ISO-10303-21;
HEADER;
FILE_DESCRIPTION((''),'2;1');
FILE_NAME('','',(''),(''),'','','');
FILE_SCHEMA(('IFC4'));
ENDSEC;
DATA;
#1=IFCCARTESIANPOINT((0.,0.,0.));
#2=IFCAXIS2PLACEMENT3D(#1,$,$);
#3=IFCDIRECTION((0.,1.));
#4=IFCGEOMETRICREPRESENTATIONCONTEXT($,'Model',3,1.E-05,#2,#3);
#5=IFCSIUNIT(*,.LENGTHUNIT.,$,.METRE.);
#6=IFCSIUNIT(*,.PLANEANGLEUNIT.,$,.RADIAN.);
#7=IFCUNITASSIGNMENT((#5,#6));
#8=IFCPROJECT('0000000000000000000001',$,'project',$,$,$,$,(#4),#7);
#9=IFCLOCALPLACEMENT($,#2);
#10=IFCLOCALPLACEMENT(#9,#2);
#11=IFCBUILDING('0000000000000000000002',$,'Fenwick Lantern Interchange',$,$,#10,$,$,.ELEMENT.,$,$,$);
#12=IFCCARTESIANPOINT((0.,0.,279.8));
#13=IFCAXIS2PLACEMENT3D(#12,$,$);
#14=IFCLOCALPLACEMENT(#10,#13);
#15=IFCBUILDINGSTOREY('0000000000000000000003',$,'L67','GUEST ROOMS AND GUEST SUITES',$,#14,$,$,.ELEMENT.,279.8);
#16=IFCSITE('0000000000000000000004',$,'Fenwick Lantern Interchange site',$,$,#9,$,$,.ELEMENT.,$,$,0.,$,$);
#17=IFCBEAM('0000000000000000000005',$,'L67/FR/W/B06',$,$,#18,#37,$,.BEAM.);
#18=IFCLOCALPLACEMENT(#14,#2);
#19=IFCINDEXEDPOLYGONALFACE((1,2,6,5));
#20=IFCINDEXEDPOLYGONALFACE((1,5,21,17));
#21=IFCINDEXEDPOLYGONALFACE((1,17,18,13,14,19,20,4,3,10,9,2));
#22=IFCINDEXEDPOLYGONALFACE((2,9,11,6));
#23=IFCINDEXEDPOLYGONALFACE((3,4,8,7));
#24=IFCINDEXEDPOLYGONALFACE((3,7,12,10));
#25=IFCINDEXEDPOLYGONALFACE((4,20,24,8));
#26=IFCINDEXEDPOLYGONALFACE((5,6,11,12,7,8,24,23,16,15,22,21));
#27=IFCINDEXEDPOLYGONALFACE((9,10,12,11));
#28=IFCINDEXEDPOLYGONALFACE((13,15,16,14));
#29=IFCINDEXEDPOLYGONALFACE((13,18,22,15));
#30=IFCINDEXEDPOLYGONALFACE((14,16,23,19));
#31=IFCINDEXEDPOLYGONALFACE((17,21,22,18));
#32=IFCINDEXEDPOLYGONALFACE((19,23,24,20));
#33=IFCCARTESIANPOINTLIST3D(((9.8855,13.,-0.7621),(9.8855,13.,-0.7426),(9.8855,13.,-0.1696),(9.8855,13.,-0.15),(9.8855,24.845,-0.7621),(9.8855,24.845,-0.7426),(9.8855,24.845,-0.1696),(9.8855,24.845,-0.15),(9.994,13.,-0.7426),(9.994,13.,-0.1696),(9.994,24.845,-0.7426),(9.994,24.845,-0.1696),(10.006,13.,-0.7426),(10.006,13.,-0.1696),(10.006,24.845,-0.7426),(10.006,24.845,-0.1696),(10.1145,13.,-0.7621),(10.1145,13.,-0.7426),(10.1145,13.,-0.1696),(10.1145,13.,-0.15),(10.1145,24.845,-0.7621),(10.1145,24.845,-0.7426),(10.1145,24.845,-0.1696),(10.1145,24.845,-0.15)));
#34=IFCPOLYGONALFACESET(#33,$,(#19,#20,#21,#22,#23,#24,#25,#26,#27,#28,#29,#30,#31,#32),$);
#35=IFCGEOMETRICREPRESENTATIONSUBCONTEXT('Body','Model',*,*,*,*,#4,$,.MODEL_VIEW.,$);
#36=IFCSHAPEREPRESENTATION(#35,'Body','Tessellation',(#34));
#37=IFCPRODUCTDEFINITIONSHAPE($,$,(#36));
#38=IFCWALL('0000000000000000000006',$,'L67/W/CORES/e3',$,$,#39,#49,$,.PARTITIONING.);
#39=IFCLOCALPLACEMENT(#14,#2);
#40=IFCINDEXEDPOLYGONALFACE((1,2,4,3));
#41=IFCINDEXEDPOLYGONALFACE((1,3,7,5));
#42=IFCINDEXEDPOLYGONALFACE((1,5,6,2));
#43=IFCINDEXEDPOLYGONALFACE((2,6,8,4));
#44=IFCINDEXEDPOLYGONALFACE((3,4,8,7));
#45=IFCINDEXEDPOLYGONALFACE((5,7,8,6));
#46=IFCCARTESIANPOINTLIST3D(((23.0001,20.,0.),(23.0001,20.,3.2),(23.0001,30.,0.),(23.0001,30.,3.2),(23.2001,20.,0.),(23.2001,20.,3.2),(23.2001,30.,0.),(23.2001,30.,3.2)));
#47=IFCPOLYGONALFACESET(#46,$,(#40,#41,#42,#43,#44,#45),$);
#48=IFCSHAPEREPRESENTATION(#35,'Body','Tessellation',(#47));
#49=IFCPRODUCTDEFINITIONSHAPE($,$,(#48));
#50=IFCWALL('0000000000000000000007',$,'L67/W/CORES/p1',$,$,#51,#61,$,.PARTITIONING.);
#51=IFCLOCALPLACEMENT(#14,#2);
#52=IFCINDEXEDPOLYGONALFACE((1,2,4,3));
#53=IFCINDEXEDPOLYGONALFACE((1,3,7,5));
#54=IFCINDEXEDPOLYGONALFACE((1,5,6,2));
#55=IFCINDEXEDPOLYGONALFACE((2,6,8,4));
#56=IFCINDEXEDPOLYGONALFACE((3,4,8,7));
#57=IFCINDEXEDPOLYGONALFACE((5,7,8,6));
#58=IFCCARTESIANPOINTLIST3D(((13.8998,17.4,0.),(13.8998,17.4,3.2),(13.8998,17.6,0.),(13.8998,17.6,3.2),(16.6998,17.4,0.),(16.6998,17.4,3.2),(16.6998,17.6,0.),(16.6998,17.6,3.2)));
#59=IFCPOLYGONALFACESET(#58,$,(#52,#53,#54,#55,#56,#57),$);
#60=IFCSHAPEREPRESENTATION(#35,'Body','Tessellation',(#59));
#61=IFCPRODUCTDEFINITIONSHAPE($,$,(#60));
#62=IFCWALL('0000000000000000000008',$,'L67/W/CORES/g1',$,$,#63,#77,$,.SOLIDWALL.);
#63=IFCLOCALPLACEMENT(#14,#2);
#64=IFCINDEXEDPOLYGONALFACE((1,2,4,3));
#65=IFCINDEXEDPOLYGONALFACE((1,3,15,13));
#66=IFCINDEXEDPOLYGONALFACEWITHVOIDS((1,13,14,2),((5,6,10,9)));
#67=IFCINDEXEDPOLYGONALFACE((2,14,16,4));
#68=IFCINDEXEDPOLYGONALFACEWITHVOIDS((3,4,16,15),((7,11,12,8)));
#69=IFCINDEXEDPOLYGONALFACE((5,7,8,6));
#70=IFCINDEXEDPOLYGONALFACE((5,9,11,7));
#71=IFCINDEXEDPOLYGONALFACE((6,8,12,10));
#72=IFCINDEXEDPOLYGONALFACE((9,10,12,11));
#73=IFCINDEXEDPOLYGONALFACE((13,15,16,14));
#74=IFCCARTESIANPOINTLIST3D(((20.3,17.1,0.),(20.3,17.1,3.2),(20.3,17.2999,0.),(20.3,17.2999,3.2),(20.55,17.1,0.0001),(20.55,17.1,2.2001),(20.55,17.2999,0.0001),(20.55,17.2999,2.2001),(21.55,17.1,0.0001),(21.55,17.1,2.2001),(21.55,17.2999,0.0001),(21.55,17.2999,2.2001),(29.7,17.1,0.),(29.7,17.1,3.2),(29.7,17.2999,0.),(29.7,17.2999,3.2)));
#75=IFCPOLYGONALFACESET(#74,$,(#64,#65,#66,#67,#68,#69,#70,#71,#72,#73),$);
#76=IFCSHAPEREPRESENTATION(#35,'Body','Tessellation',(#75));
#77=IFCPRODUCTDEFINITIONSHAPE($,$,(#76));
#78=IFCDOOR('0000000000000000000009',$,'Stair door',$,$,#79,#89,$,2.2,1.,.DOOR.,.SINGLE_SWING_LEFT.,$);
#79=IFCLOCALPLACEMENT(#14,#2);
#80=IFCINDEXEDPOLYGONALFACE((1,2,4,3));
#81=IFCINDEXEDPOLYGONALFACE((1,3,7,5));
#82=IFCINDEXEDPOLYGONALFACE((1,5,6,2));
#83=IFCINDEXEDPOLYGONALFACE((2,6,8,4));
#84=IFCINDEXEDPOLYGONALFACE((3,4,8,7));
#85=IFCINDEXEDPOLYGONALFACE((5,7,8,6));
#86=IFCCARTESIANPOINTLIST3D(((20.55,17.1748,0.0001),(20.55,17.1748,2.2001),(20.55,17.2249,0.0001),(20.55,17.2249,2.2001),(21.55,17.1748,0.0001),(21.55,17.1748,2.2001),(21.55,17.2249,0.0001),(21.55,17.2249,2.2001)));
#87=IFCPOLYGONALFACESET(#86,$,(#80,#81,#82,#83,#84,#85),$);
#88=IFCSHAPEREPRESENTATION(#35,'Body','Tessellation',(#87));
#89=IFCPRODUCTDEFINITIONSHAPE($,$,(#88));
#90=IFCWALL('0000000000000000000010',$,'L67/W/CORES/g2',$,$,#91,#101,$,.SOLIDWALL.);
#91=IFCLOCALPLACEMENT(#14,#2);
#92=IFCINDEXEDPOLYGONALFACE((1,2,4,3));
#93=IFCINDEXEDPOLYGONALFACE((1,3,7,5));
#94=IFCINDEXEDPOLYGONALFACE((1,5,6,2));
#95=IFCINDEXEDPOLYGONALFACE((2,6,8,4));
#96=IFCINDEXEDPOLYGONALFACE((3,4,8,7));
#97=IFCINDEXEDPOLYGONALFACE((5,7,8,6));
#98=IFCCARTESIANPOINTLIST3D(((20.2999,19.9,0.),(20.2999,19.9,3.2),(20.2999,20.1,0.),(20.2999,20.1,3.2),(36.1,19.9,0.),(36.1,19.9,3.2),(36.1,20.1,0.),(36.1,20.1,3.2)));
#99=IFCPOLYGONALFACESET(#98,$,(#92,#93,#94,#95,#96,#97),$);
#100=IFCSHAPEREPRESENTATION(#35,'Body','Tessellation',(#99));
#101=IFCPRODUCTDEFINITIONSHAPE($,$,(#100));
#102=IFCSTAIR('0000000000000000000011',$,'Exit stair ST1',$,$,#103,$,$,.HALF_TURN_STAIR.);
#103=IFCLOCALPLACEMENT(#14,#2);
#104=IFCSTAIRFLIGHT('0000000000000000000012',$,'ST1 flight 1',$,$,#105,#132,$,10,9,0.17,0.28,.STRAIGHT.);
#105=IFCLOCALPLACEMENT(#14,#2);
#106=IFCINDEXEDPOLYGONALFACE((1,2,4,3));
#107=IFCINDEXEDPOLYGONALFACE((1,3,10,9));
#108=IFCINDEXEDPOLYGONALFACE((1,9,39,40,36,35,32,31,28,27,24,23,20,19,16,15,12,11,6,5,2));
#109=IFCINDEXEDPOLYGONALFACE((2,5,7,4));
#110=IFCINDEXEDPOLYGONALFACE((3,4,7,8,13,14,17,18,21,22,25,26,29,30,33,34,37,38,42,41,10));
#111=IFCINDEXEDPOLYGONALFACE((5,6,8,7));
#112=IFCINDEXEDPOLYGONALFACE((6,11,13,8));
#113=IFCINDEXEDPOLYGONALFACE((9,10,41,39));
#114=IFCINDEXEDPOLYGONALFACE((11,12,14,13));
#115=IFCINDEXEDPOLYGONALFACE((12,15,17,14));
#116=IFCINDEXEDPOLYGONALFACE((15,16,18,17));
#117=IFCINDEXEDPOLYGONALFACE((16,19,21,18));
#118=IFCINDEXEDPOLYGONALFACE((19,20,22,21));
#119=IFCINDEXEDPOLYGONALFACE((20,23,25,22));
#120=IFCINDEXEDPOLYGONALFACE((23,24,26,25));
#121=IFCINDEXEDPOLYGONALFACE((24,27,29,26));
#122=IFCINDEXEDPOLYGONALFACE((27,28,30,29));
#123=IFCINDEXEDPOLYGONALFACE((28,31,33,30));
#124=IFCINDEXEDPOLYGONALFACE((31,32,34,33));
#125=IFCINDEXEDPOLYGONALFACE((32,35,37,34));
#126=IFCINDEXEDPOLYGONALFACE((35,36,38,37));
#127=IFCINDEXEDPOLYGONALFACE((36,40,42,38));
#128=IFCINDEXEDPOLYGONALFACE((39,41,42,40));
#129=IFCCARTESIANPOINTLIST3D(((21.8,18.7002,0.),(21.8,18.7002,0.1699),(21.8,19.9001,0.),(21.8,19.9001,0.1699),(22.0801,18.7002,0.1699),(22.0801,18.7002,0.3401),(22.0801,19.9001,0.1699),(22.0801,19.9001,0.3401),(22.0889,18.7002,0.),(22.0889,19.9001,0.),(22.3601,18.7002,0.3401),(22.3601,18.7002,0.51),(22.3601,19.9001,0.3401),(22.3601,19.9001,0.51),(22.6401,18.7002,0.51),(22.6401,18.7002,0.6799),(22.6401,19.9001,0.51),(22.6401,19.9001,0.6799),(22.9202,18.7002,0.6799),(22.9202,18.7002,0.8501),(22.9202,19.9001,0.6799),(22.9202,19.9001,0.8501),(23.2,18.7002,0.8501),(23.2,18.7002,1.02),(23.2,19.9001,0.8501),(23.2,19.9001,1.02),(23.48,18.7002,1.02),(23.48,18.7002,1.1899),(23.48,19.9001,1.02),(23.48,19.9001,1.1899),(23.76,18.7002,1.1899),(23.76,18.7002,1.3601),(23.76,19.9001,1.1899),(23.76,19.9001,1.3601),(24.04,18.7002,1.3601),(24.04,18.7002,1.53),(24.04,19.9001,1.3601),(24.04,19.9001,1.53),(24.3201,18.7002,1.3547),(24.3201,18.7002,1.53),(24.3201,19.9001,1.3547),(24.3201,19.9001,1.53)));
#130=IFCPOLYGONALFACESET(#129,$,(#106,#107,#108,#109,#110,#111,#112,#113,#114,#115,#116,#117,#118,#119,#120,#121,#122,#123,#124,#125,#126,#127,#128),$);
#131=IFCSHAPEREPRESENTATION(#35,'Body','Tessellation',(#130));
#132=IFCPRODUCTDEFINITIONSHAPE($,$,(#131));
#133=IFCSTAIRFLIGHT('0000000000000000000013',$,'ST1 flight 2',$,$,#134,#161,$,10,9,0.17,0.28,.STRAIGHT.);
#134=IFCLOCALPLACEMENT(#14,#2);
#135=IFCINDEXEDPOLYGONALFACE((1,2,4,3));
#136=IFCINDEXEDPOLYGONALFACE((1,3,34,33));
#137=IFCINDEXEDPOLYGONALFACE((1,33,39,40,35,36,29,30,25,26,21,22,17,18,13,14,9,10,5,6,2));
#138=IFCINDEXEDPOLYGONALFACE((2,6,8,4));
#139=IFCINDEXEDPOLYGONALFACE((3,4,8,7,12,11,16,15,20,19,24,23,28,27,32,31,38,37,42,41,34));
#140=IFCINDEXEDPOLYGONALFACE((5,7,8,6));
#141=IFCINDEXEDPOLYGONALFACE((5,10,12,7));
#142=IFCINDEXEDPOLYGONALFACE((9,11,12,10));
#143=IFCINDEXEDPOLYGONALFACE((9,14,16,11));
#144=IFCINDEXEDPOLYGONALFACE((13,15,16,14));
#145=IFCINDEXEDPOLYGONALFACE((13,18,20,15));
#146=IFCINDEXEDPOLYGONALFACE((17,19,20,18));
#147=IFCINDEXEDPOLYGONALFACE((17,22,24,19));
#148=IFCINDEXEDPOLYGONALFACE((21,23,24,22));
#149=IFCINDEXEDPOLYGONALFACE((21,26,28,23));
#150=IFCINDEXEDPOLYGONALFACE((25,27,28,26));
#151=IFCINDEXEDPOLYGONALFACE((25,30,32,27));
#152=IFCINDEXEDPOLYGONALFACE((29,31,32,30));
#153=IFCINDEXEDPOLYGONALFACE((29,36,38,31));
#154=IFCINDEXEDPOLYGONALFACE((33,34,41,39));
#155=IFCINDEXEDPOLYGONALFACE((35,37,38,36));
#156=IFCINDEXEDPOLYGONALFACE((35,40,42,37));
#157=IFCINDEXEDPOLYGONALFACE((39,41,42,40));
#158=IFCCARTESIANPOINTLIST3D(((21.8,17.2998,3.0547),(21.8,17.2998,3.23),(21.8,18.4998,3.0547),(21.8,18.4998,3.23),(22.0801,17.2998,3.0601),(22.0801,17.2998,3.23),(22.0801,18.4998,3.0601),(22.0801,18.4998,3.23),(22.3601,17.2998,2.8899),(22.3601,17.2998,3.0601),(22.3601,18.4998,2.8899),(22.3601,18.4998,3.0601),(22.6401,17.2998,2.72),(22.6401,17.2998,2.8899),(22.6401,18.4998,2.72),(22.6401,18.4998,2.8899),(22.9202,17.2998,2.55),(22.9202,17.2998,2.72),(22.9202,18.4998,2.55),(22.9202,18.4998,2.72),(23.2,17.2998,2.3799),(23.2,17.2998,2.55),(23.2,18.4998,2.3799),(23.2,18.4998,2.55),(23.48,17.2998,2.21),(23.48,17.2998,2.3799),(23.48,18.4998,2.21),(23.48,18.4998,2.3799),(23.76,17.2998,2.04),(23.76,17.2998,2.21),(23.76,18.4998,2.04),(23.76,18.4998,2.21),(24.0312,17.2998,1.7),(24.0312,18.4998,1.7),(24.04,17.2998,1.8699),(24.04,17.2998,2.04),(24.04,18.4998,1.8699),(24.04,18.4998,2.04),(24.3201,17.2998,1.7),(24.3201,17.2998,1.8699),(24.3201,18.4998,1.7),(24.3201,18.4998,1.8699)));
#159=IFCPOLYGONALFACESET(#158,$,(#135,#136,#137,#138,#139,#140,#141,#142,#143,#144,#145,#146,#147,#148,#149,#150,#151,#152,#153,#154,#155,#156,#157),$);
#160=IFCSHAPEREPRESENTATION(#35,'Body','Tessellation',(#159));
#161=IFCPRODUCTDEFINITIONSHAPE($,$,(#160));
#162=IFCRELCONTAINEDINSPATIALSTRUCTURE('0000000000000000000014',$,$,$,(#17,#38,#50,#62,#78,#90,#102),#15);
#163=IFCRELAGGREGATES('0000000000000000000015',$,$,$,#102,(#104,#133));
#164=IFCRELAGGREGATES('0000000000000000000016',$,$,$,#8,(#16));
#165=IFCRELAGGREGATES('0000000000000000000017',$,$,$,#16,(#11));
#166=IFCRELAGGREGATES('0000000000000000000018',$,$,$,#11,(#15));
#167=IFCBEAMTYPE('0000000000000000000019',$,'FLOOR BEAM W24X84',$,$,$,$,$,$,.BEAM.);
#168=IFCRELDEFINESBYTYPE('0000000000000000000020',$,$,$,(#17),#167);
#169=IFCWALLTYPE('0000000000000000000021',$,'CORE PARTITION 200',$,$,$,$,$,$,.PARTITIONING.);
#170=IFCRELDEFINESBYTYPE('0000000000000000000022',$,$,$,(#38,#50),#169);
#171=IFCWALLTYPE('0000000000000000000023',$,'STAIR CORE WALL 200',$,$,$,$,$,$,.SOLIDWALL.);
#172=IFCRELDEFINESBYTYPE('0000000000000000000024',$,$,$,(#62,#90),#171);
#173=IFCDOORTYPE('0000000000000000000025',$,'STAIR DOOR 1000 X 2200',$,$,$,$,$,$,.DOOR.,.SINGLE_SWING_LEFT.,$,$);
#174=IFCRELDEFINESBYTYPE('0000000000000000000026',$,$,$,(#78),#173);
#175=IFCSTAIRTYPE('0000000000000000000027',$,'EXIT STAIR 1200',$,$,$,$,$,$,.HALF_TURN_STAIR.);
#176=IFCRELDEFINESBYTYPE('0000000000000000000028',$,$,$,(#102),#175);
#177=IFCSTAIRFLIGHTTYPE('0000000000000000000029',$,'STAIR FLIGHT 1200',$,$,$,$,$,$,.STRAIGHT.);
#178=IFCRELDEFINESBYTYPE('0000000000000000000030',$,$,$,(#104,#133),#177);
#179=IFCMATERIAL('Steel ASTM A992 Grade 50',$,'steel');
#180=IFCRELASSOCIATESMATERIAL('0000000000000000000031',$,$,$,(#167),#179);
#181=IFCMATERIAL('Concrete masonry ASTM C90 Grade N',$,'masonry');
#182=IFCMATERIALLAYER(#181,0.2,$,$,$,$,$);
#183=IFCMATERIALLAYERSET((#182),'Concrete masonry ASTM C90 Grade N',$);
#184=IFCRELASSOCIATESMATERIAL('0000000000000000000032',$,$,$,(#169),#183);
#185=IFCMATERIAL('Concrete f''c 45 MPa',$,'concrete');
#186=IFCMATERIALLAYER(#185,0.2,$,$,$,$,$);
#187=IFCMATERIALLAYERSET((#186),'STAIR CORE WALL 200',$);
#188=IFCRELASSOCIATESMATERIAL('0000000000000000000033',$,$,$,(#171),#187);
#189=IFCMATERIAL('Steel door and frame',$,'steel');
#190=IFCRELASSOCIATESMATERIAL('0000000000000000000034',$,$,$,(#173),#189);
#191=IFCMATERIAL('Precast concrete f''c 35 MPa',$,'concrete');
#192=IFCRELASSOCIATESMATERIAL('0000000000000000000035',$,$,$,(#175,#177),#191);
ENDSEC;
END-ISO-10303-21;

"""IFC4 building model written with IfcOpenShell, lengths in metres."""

from ifc_helpers import new_model, si_unit, direction, frame, frame_2d, origin, origin_2d, place, context, subcontext, project, spatial, polyline, rectangle, i_section, outline, extrude, material, layer, layer_set, material_profile, profile_set, type_object, element, fill, aggregate, save


model = new_model("IFC4")

# Units and contexts
model_context = context("Model", 3, precision=1e-05, world=origin(), true_north=direction((0.0, 1.0)))
body_context = subcontext(model_context, "Body", "Model", "MODEL_VIEW")
ifc_project = project(units=[si_unit("LENGTHUNIT", "METRE"), si_unit("PLANEANGLEUNIT", "RADIAN")], contexts=[model_context])

# Site, building, storey
site_placement = place(None, origin())
site = spatial("IfcSite", under=ifc_project, at=site_placement, Name="Fenwick Lantern Interchange site", CompositionType="ELEMENT", RefElevation=0.0)
building_placement = place(site_placement, origin())
building = spatial("IfcBuilding", under=site, at=building_placement, Name="Fenwick Lantern Interchange", CompositionType="ELEMENT")
storey_placement = place(building_placement, frame((0.0, 0.0, 279.8)))
storey = spatial("IfcBuildingStorey", under=building, at=storey_placement, Name="L67", Description="GUEST ROOMS AND GUEST SUITES", CompositionType="ELEMENT", Elevation=279.8)

# Beam
ifc_material_1 = material(Name="Steel ASTM A992 Grade 50", Category="steel")
ifc_material_profile = material_profile(ifc_material_1, i_section(OverallWidth=0.229, OverallDepth=0.6121, WebThickness=0.012, FlangeThickness=0.0195, at=origin_2d()), Name="W24X84")
ifc_profile_set = profile_set([ifc_material_profile], Name="Steel ASTM A992 Grade 50")
beam_type = type_object("IfcBeamType", Name="FLOOR BEAM W24X84", PredefinedType="BEAM", material=ifc_profile_set)
beam_placement = place(storey_placement, frame((10.0, 24.845, -0.4561), z_axis=(0.0, -1.0, 0.0), x_axis=(1.0, 0.0, 0.0)))
element("IfcBeam", 1, at=beam_placement, inside=storey, type_object=beam_type, Name="L67/FR/W/B06", PredefinedType="BEAM", context=body_context, shape_type="SweptSolid", body=[
    extrude(i_section(OverallWidth=0.229, OverallDepth=0.6121, WebThickness=0.012, FlangeThickness=0.0195, at=origin_2d()), origin(), (0.0, 0.0, 1.0), 11.845),
])

# Walls
ifc_material_2 = material(Name="Concrete masonry ASTM C90 Grade N", Category="masonry")
ifc_layer_1 = layer(ifc_material_2, 0.2)
ifc_layer_set_1 = layer_set([ifc_layer_1], Name="Concrete masonry ASTM C90 Grade N")
wall_type_1 = type_object("IfcWallType", Name="CORE PARTITION 200", PredefinedType="PARTITIONING", material=ifc_layer_set_1)
wall_1_placement = place(storey_placement, frame((23.1001, 20.0, 0.0), z_axis=(0.0, 0.0, 1.0), x_axis=(0.0, 1.0, 0.0)))
element("IfcWall", 2, at=wall_1_placement, inside=storey, type_object=wall_type_1, Name="L67/W/CORES/e3", PredefinedType="PARTITIONING", context=body_context, shape_type="SweptSolid", body=[
    extrude(rectangle(XDim=10.0, YDim=0.2, at=frame_2d((5.0, 0.0))), origin(), (0.0, 0.0, 1.0), 3.2),
])
wall_2_placement = place(storey_placement, frame((13.8999, 17.5, 0.0), z_axis=(0.0, 0.0, 1.0), x_axis=(1.0, 0.0, 0.0)))
element("IfcWall", 3, at=wall_2_placement, inside=storey, type_object=wall_type_1, Name="L67/W/CORES/p1", PredefinedType="PARTITIONING", context=body_context, shape_type="SweptSolid", body=[
    extrude(rectangle(XDim=2.8, YDim=0.2, at=frame_2d((1.3999, 0.0))), origin(), (0.0, 0.0, 1.0), 3.2),
])

# Wall, opening, door
ifc_material_3 = material(Name="Concrete f'c 45 MPa", Category="concrete")
ifc_layer_2 = layer(ifc_material_3, 0.2)
ifc_layer_set_2 = layer_set([ifc_layer_2], Name="STAIR CORE WALL 200")
wall_type_2 = type_object("IfcWallType", Name="STAIR CORE WALL 200", PredefinedType="SOLIDWALL", material=ifc_layer_set_2)
wall_3_placement = place(storey_placement, frame((20.3, 17.2, 0.0), z_axis=(0.0, 0.0, 1.0), x_axis=(1.0, 0.0, 0.0)))
wall_3 = element("IfcWall", 4, at=wall_3_placement, inside=storey, type_object=wall_type_2, Name="L67/W/CORES/g1", PredefinedType="SOLIDWALL", context=body_context, shape_type="SweptSolid", body=[
    extrude(rectangle(XDim=9.3999, YDim=0.2, at=frame_2d((4.7, 0.0))), origin(), (0.0, 0.0, 1.0), 3.2),
])
opening_placement = place(wall_3_placement, frame((0.25, 0.0, 0.0)))
opening = element("IfcOpeningElement", 5, at=opening_placement, cuts=wall_3, PredefinedType="OPENING", context=body_context, shape_type="SweptSolid", body=[
    extrude(rectangle(XDim=1.0, YDim=2.2, at=frame_2d((0.5, 1.1001))), frame((0.0, 0.1099, 0.0), z_axis=(0.0, -1.0, 0.0), x_axis=(1.0, 0.0, 0.0)), (0.0, 0.0, 1.0), 0.22),
])
ifc_material_4 = material(Name="Steel door and frame", Category="steel")
door_type = type_object("IfcDoorType", Name="STAIR DOOR 1000 X 2200", OperationType="SINGLE_SWING_LEFT", PredefinedType="DOOR", material=ifc_material_4)
door_placement = place(opening_placement, origin())
door = element("IfcDoor", 6, at=door_placement, inside=storey, type_object=door_type, Name="Stair door", OperationType="SINGLE_SWING_LEFT", OverallHeight=2.2, OverallWidth=1.0, PredefinedType="DOOR", context=body_context, shape_type="SweptSolid", body=[
    extrude(rectangle(XDim=1.0, YDim=2.2, at=frame_2d((0.5, 1.1001))), frame((0.0, 0.0249, 0.0), z_axis=(0.0, -1.0, 0.0), x_axis=(1.0, 0.0, 0.0)), (0.0, 0.0, 1.0), 0.05),
])
fill(opening, door)

# Wall
wall_4_placement = place(storey_placement, frame((20.3, 20.0, 0.0), z_axis=(0.0, 0.0, 1.0), x_axis=(1.0, 0.0, 0.0)))
element("IfcWall", 7, at=wall_4_placement, inside=storey, type_object=wall_type_2, Name="L67/W/CORES/g2", PredefinedType="SOLIDWALL", context=body_context, shape_type="SweptSolid", body=[
    extrude(rectangle(XDim=15.8, YDim=0.2, at=frame_2d((7.8999, 0.0))), origin(), (0.0, 0.0, 1.0), 3.2),
])

# Stair, stair flights
ifc_material_5 = material(Name="Precast concrete f'c 35 MPa", Category="concrete")
stair_type = type_object("IfcStairType", Name="EXIT STAIR 1200", PredefinedType="HALF_TURN_STAIR", material=ifc_material_5)
stair_placement = place(storey_placement, origin())
stair = element("IfcStair", 8, at=stair_placement, inside=storey, type_object=stair_type, Name="Exit stair ST1", PredefinedType="HALF_TURN_STAIR")
stair_flight_type = type_object("IfcStairFlightType", Name="STAIR FLIGHT 1200", PredefinedType="STRAIGHT", material=ifc_material_5)
stair_flight_1_placement = place(storey_placement, frame((21.8, 19.3, 0.0), z_axis=(0.0, 0.0, 1.0), x_axis=(1.0, 0.0, 0.0)))
stair_flight_1 = element("IfcStairFlight", 9, at=stair_flight_1_placement, type_object=stair_flight_type, Name="ST1 flight 1", NumberOfRisers=10, NumberOfTreads=9, PredefinedType="STRAIGHT", RiserHeight=0.17, TreadLength=0.28, context=body_context, shape_type="SweptSolid", body=[
    extrude(outline(polyline([(0.0, 0.0), (0.0, 0.1699), (0.28, 0.1699), (0.28, 0.3401), (0.5601, 0.3401), (0.5601, 0.51), (0.8401, 0.51), (0.8401, 0.6799), (1.1201, 0.6799), (1.1201, 0.8501), (1.3999, 0.8501), (1.3999, 1.02), (1.6799, 1.02), (1.6799, 1.1899), (1.96, 1.1899), (1.96, 1.3601), (2.24, 1.3601), (2.24, 1.53), (2.52, 1.53), (2.52, 1.7), (2.52, 1.3547), (0.2888, 0.0), (0.0, 0.0)])), frame((0.0, 0.6001, 0.0), z_axis=(0.0, -1.0, 0.0), x_axis=(1.0, 0.0, 0.0)), (0.0, 0.0, 1.0), 1.2),
])
stair_flight_2_placement = place(storey_placement, frame((24.3201, 17.8999, 1.7), z_axis=(0.0, 0.0, 1.0), x_axis=(-1.0, 0.0, 0.0)))
stair_flight_2 = element("IfcStairFlight", 10, at=stair_flight_2_placement, type_object=stair_flight_type, Name="ST1 flight 2", NumberOfRisers=10, NumberOfTreads=9, PredefinedType="STRAIGHT", RiserHeight=0.17, TreadLength=0.28, context=body_context, shape_type="SweptSolid", body=[
    extrude(outline(polyline([(0.0, 0.0), (0.0, 0.1699), (0.28, 0.1699), (0.28, 0.3401), (0.5601, 0.3401), (0.5601, 0.51), (0.8401, 0.51), (0.8401, 0.6799), (1.1201, 0.6799), (1.1201, 0.8501), (1.3999, 0.8501), (1.3999, 1.02), (1.6799, 1.02), (1.6799, 1.1899), (1.96, 1.1899), (1.96, 1.3601), (2.24, 1.3601), (2.24, 1.53), (2.52, 1.53), (2.52, 1.7), (2.52, 1.3547), (0.2888, 0.0), (0.0, 0.0)])), frame((0.0, 0.6001, 0.0), z_axis=(0.0, -1.0, 0.0), x_axis=(1.0, 0.0, 0.0)), (0.0, 0.0, 1.0), 1.2),
])
aggregate(stair, [stair_flight_1, stair_flight_2])

save(model, "model.ifc")
